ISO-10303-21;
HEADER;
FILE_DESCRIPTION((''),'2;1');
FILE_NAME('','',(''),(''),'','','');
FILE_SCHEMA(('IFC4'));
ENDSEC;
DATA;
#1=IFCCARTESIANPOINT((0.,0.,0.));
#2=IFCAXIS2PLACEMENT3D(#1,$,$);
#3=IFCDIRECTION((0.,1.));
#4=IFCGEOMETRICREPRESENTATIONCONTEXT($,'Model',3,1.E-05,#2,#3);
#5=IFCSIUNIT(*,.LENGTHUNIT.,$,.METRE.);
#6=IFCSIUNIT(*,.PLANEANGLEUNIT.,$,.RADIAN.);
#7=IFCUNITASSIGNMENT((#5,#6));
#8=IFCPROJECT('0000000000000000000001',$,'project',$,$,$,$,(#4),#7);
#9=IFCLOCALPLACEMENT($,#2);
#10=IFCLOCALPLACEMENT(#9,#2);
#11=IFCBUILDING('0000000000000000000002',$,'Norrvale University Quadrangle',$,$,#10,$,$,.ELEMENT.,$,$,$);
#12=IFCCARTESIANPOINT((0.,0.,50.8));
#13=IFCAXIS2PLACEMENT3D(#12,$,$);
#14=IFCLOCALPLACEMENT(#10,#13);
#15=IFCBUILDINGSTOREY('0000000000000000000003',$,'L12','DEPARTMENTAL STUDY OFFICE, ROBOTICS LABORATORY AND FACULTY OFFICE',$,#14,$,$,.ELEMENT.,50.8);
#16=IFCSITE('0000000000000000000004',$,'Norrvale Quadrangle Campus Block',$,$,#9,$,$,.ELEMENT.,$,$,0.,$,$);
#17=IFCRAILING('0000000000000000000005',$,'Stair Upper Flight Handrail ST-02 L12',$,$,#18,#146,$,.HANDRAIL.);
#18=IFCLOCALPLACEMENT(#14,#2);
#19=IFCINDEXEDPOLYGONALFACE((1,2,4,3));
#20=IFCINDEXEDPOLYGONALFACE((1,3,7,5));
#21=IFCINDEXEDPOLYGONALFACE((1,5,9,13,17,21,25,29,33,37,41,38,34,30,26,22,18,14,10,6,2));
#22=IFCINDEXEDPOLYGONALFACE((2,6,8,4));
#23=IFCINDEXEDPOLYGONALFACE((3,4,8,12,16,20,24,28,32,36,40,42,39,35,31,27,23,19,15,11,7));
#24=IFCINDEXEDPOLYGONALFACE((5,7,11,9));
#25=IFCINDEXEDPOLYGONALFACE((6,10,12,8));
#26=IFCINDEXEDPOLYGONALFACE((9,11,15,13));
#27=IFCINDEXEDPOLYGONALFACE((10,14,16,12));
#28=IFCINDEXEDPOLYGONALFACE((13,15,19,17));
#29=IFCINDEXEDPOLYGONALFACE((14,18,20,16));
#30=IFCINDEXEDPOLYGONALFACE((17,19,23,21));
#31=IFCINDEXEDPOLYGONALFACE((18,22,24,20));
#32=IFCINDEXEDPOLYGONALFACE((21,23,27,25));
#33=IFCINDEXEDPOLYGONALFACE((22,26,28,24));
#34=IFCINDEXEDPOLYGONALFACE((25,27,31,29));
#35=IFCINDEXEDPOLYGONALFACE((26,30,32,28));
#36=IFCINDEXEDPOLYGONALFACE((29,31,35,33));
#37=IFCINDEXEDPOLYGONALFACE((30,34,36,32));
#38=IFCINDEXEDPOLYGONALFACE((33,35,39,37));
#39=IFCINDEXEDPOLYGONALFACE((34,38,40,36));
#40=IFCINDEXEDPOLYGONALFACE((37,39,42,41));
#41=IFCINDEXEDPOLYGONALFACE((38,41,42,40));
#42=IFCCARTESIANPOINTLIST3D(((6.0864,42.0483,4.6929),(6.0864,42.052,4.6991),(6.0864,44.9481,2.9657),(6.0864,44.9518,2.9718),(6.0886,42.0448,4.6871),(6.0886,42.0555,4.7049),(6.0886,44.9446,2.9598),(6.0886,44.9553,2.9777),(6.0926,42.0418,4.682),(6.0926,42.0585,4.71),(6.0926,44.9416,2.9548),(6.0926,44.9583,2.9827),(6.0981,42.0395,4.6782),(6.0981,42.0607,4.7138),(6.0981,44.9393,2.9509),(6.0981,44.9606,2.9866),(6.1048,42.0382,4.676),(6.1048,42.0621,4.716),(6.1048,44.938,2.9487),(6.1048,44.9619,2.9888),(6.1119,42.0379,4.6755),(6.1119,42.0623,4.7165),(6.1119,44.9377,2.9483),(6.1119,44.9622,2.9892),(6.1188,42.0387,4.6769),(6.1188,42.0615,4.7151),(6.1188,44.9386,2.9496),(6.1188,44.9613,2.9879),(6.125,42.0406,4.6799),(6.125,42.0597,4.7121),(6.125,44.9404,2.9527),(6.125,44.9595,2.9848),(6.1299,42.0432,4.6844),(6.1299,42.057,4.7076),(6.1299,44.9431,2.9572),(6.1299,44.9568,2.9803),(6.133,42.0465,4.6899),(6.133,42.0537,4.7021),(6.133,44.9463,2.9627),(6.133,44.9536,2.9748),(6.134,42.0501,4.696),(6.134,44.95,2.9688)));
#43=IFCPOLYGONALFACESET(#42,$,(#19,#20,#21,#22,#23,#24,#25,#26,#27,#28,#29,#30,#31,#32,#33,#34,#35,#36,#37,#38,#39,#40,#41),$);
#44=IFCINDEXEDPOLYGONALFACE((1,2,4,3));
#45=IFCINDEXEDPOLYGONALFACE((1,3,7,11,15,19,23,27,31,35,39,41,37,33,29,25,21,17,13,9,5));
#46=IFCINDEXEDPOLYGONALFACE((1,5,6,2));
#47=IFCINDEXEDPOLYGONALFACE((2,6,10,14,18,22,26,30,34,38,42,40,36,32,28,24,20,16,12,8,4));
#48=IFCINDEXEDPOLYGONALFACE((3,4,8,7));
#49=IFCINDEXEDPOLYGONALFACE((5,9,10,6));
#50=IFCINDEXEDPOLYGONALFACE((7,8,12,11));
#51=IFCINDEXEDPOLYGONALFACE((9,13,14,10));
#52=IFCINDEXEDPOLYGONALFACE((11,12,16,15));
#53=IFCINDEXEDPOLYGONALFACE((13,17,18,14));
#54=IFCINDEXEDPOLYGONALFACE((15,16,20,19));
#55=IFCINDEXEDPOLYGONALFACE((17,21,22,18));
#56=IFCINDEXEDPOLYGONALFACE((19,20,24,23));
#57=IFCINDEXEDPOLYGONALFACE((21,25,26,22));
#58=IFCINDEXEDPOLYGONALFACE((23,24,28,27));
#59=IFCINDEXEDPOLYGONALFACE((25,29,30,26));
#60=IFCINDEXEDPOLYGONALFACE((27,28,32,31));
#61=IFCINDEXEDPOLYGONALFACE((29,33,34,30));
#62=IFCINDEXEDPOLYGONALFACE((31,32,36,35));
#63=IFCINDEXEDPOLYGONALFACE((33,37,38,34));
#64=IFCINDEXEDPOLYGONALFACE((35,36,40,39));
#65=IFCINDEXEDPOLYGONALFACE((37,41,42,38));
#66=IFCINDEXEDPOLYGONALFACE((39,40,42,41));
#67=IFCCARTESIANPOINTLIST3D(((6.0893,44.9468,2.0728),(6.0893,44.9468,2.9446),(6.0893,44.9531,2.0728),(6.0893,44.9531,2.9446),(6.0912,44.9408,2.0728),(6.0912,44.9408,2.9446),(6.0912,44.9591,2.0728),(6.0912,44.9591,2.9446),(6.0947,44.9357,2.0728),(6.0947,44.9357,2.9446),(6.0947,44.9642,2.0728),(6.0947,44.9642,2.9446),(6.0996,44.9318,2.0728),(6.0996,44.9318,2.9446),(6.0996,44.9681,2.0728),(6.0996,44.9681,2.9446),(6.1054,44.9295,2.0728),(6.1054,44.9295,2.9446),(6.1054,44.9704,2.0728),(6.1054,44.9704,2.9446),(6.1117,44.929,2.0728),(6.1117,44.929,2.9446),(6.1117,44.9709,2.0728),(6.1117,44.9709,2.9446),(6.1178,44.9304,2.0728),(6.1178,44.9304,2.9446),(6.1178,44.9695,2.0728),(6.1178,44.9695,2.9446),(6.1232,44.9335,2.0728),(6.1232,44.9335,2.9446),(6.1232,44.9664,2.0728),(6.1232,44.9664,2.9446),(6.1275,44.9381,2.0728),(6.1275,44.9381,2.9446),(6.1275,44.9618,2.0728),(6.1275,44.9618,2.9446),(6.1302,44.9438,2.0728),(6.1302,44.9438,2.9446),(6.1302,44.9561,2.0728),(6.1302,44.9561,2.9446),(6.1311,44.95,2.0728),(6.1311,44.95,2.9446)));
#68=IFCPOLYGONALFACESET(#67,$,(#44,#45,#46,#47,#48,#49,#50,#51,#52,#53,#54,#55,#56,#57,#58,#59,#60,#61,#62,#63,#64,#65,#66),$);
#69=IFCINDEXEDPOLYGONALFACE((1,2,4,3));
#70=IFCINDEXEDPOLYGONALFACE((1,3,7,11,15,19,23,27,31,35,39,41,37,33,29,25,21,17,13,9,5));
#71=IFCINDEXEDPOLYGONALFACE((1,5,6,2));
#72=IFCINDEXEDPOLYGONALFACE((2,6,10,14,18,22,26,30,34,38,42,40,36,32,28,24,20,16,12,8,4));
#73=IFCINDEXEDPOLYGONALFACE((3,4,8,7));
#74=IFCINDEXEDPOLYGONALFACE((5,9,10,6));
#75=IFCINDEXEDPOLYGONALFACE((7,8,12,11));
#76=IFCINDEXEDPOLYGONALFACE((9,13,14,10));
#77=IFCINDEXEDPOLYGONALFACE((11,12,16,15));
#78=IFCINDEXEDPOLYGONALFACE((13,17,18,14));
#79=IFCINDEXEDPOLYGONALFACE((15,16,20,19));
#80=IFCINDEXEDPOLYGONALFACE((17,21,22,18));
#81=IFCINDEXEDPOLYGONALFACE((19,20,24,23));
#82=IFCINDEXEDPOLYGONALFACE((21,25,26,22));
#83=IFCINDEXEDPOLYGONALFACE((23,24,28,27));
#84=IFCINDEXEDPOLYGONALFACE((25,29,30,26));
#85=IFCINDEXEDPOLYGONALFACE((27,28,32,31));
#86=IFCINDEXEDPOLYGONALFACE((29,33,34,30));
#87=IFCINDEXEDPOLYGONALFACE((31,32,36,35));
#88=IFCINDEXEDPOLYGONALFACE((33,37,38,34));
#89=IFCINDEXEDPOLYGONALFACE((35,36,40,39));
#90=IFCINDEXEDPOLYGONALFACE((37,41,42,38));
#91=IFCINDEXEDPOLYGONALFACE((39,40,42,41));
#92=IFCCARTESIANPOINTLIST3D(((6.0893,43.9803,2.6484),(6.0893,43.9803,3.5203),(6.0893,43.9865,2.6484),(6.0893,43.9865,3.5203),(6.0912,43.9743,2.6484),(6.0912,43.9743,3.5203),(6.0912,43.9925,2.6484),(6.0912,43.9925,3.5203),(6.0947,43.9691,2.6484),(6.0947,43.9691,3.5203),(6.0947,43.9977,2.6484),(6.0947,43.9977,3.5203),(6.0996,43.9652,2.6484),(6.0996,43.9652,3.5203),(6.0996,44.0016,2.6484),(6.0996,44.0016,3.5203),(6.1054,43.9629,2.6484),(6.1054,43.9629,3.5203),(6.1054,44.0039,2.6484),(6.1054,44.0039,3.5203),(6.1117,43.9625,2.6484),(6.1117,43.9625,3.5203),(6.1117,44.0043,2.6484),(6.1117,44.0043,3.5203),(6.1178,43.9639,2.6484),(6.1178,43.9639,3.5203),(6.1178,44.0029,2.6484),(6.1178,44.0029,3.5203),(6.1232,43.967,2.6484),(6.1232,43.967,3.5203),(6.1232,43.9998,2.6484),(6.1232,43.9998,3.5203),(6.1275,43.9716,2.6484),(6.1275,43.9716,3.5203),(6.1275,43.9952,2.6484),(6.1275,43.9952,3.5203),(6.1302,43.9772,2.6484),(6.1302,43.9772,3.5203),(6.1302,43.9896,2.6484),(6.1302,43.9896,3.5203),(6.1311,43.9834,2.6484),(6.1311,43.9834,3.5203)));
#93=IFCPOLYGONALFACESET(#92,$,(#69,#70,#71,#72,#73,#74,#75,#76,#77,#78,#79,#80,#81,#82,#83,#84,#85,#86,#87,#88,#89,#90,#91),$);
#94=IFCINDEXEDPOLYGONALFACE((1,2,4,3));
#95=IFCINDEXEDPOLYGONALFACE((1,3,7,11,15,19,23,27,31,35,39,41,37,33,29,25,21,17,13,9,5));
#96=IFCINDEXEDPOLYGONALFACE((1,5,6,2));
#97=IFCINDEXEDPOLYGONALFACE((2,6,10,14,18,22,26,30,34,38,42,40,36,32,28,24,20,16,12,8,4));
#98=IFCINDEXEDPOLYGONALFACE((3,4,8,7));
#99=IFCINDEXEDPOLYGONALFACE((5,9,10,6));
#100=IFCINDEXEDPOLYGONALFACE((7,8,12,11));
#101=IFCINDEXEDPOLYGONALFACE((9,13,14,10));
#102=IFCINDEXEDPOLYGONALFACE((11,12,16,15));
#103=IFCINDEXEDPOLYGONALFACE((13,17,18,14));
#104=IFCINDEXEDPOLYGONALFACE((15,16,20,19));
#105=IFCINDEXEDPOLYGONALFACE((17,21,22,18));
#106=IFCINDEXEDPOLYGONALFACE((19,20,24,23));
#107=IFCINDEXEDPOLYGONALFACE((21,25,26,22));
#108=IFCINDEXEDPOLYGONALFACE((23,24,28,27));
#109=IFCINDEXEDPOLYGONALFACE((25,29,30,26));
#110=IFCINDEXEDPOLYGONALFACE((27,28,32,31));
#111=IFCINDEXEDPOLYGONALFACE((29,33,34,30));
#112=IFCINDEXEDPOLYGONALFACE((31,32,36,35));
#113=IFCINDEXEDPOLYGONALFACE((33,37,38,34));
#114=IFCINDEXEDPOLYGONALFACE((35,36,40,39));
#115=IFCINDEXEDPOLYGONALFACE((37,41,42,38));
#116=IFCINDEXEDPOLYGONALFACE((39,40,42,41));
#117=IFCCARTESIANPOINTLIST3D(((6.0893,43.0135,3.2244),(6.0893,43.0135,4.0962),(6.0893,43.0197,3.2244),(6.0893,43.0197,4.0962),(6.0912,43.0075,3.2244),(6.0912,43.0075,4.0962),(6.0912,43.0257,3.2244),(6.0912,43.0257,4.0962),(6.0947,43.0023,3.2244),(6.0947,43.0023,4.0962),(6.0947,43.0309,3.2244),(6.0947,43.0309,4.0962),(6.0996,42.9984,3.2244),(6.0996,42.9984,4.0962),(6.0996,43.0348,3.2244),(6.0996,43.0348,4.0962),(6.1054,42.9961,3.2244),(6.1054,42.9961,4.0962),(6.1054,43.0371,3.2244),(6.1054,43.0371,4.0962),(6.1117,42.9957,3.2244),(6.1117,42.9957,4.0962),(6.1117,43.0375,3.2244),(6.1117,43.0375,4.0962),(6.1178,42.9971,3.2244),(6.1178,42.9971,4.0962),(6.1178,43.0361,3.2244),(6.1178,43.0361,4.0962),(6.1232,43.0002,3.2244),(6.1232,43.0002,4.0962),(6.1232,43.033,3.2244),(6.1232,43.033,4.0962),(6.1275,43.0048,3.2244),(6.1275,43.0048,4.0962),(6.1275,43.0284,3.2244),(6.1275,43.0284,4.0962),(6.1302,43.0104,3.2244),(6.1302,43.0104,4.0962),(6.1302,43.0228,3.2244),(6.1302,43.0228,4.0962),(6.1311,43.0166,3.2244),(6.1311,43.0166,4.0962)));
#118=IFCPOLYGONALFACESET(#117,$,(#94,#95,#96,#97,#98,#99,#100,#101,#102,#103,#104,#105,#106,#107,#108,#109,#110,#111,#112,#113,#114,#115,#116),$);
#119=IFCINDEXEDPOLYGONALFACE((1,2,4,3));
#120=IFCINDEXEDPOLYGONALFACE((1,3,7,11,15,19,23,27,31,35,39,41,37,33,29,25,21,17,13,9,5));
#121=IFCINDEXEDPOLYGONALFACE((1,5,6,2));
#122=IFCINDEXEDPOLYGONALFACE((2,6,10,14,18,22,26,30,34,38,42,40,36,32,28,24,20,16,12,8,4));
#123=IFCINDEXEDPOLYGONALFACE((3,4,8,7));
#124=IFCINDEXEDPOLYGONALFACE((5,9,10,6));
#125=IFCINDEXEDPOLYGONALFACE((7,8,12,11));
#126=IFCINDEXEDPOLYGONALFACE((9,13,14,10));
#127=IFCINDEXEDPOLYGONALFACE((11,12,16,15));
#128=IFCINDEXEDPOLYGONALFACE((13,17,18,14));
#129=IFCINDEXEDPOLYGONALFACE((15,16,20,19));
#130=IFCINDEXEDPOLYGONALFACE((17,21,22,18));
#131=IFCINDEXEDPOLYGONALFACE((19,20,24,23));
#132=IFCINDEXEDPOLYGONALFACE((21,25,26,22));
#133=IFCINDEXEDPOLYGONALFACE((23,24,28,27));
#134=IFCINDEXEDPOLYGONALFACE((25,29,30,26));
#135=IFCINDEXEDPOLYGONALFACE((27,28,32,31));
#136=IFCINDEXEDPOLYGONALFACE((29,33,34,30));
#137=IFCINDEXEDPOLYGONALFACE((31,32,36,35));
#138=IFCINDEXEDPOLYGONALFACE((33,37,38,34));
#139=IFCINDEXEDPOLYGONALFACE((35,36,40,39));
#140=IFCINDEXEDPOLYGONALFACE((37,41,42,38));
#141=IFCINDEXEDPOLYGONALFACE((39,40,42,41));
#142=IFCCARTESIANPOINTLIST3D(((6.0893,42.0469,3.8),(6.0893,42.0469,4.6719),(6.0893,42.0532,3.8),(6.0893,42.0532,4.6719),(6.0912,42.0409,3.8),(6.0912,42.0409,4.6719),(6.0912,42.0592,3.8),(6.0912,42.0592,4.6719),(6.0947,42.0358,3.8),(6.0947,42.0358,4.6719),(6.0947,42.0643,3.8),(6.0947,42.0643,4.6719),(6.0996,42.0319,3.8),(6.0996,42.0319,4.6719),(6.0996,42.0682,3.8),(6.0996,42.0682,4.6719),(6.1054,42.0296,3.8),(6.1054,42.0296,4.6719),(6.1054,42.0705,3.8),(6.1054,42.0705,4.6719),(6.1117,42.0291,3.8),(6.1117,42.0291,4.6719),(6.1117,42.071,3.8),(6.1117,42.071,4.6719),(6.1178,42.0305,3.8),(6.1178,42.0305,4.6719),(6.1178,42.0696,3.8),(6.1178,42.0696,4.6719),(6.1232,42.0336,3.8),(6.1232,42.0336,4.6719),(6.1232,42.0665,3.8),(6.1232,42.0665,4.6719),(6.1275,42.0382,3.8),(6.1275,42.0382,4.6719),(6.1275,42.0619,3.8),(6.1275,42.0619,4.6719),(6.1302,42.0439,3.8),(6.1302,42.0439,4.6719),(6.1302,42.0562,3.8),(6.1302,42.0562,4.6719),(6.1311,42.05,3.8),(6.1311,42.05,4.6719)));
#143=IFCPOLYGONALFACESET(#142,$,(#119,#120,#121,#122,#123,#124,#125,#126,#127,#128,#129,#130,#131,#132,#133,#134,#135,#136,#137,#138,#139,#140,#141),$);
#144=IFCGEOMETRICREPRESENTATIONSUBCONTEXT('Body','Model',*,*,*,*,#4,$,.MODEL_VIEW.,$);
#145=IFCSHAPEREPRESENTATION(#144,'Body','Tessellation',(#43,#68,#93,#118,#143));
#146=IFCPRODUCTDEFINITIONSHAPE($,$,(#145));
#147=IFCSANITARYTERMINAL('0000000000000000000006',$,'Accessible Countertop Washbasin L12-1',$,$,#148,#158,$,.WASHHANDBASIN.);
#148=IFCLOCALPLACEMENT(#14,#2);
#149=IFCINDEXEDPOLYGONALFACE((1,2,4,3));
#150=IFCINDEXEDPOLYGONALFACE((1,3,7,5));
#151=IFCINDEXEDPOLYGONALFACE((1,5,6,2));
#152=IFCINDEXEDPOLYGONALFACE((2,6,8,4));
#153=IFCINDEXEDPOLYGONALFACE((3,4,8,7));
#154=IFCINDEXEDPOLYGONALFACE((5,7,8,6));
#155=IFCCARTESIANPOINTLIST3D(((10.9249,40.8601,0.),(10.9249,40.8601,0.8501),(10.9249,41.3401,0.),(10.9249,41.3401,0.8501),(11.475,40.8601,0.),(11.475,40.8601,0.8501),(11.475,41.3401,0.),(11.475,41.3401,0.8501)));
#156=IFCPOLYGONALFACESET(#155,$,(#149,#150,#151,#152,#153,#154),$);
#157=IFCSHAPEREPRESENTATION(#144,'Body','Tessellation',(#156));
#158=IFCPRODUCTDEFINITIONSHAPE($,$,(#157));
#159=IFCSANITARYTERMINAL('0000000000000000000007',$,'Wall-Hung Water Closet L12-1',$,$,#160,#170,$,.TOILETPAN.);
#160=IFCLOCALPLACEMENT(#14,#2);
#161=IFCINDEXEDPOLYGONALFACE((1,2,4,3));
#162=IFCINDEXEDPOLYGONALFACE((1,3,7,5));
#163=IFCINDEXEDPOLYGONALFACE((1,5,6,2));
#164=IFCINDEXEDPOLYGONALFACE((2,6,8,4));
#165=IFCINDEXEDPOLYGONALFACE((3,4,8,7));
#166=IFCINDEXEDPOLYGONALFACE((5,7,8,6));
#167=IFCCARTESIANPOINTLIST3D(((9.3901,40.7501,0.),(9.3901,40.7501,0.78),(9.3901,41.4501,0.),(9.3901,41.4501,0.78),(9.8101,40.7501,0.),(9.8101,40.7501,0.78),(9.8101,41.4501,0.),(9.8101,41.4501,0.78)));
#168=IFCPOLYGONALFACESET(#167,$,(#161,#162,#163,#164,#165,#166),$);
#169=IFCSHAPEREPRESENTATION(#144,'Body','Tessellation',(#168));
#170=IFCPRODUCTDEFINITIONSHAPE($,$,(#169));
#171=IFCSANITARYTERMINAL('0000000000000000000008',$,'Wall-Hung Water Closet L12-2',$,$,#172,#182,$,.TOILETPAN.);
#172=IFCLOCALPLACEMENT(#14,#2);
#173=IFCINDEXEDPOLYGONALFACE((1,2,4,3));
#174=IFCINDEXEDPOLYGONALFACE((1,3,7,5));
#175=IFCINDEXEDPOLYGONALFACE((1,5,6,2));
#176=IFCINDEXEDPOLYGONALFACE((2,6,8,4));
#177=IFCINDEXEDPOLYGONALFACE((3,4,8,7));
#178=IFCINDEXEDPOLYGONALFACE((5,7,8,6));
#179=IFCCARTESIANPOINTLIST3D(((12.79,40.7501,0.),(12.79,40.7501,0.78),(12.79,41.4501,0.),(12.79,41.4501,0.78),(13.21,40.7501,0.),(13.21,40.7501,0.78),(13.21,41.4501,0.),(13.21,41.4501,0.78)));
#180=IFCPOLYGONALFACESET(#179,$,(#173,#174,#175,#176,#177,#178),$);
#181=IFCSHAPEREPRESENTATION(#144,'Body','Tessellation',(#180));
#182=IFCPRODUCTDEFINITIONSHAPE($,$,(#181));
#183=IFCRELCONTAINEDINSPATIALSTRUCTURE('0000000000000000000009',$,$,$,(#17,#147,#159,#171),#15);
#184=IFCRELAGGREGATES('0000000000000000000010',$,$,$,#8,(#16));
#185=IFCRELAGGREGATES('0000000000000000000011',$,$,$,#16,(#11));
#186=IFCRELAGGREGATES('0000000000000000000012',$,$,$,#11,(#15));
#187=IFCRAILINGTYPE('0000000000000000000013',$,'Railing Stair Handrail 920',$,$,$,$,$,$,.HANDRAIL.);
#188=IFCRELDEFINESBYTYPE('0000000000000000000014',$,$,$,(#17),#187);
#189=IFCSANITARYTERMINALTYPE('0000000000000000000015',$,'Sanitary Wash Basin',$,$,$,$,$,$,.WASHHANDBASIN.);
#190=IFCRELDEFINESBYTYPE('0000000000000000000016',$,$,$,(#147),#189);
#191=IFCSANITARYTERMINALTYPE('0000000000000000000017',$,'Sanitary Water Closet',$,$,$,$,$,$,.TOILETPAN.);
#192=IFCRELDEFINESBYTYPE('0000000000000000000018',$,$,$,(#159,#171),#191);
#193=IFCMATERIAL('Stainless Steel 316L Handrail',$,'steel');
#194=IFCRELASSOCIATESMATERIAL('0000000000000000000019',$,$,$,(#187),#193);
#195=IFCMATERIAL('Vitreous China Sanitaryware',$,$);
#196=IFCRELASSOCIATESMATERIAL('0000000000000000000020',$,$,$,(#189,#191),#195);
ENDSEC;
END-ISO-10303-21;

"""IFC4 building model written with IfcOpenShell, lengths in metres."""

from ifc_helpers import new_model, si_unit, direction, frame, origin, origin_2d, place, context, subcontext, project, spatial, rectangle, circle, extrude, material, type_object, element, save


model = new_model("IFC4")

# Units and contexts
model_context = context("Model", 3, precision=1e-05, world=origin(), true_north=direction((0.0, 1.0)))
body_context = subcontext(model_context, "Body", "Model", "MODEL_VIEW")
ifc_project = project(units=[si_unit("LENGTHUNIT", "METRE"), si_unit("PLANEANGLEUNIT", "RADIAN")], contexts=[model_context])

# Site, building, storey
site_placement = place(None, origin())
site = spatial("IfcSite", under=ifc_project, at=site_placement, Name="Norrvale Quadrangle Campus Block", CompositionType="ELEMENT", RefElevation=0.0)
building_placement = place(site_placement, origin())
building = spatial("IfcBuilding", under=site, at=building_placement, Name="Norrvale University Quadrangle", CompositionType="ELEMENT")
storey_placement = place(building_placement, frame((0.0, 0.0, 50.8)))
storey = spatial("IfcBuildingStorey", under=building, at=storey_placement, Name="L12", Description="DEPARTMENTAL STUDY OFFICE, ROBOTICS LABORATORY AND FACULTY OFFICE", CompositionType="ELEMENT", Elevation=50.8)

# Railing
ifc_material_1 = material(Name="Stainless Steel 316L Handrail", Category="steel")
railing_type_1 = type_object("IfcRailingType", Name="Railing Stair Handrail 920", PredefinedType="HANDRAIL", material=ifc_material_1)
railing_1_placement = place(storey_placement, frame((6.1101, 44.95, 2.0728)))
element("IfcRailing", 1, at=railing_1_placement, inside=storey, type_object=railing_type_1, Name="Stair Upper Flight Handrail ST-02 L12", PredefinedType="HANDRAIL", context=body_context, shape_type="SweptSolid", body=[
    extrude(circle(Radius=0.0239, at=origin_2d()), frame((0.0, 0.0, 0.896), z_axis=(0.0, -0.859141, 0.511738), x_axis=(1.0, 0.0, 0.0)), (0.0, 0.0, 1.0), 3.3752),
    extrude(circle(Radius=0.021, at=origin_2d()), origin(), (0.0, 0.0, 1.0), 0.8718),
    extrude(circle(Radius=0.021, at=origin_2d()), frame((0.0, -0.9666, 0.5757)), (0.0, 0.0, 1.0), 0.8718),
    extrude(circle(Radius=0.021, at=origin_2d()), frame((0.0, -1.9333, 1.1516)), (0.0, 0.0, 1.0), 0.8718),
    extrude(circle(Radius=0.021, at=origin_2d()), frame((0.0, -2.8999, 1.7273)), (0.0, 0.0, 1.0), 0.8718),
])

# Sanitary terminals
ifc_material_2 = material(Name="Vitreous China Sanitaryware")
sanitary_terminal_type_1 = type_object("IfcSanitaryTerminalType", Name="Sanitary Wash Basin", PredefinedType="WASHHANDBASIN", material=ifc_material_2)
sanitary_terminal_placement = place(storey_placement, frame((11.2, 41.1001, 0.0), z_axis=(0.0, 0.0, 1.0), x_axis=(1.0, 0.0, 0.0)))
element("IfcSanitaryTerminal", 2, at=sanitary_terminal_placement, inside=storey, type_object=sanitary_terminal_type_1, Name="Accessible Countertop Washbasin L12-1", PredefinedType="WASHHANDBASIN", context=body_context, shape_type="SweptSolid", body=[
    extrude(rectangle(XDim=0.55, YDim=0.48, at=origin_2d()), origin(), (0.0, 0.0, 1.0), 0.8501),
])
sanitary_terminal_type_2 = type_object("IfcSanitaryTerminalType", Name="Sanitary Water Closet", PredefinedType="TOILETPAN", material=ifc_material_2)
for number, where, z_axis, x_axis, name in (
    (3, (9.6001, 41.1001, 0.0), (0.0, 0.0, 1.0), (1.0, 0.0, 0.0), "Wall-Hung Water Closet L12-1"),
    (4, (13.0, 41.1001, 0.0), (0.0, 0.0, 1.0), (1.0, 0.0, 0.0), "Wall-Hung Water Closet L12-2"),
):
    element("IfcSanitaryTerminal", number, at=place(storey_placement, frame(where, z_axis=z_axis, x_axis=x_axis)), inside=storey, type_object=sanitary_terminal_type_2, Name=name, PredefinedType="TOILETPAN", context=body_context, shape_type="SweptSolid", body=[
        extrude(rectangle(XDim=0.4199, YDim=0.7, at=origin_2d()), origin(), (0.0, 0.0, 1.0), 0.78),
    ])

save(model, "model.ifc")
